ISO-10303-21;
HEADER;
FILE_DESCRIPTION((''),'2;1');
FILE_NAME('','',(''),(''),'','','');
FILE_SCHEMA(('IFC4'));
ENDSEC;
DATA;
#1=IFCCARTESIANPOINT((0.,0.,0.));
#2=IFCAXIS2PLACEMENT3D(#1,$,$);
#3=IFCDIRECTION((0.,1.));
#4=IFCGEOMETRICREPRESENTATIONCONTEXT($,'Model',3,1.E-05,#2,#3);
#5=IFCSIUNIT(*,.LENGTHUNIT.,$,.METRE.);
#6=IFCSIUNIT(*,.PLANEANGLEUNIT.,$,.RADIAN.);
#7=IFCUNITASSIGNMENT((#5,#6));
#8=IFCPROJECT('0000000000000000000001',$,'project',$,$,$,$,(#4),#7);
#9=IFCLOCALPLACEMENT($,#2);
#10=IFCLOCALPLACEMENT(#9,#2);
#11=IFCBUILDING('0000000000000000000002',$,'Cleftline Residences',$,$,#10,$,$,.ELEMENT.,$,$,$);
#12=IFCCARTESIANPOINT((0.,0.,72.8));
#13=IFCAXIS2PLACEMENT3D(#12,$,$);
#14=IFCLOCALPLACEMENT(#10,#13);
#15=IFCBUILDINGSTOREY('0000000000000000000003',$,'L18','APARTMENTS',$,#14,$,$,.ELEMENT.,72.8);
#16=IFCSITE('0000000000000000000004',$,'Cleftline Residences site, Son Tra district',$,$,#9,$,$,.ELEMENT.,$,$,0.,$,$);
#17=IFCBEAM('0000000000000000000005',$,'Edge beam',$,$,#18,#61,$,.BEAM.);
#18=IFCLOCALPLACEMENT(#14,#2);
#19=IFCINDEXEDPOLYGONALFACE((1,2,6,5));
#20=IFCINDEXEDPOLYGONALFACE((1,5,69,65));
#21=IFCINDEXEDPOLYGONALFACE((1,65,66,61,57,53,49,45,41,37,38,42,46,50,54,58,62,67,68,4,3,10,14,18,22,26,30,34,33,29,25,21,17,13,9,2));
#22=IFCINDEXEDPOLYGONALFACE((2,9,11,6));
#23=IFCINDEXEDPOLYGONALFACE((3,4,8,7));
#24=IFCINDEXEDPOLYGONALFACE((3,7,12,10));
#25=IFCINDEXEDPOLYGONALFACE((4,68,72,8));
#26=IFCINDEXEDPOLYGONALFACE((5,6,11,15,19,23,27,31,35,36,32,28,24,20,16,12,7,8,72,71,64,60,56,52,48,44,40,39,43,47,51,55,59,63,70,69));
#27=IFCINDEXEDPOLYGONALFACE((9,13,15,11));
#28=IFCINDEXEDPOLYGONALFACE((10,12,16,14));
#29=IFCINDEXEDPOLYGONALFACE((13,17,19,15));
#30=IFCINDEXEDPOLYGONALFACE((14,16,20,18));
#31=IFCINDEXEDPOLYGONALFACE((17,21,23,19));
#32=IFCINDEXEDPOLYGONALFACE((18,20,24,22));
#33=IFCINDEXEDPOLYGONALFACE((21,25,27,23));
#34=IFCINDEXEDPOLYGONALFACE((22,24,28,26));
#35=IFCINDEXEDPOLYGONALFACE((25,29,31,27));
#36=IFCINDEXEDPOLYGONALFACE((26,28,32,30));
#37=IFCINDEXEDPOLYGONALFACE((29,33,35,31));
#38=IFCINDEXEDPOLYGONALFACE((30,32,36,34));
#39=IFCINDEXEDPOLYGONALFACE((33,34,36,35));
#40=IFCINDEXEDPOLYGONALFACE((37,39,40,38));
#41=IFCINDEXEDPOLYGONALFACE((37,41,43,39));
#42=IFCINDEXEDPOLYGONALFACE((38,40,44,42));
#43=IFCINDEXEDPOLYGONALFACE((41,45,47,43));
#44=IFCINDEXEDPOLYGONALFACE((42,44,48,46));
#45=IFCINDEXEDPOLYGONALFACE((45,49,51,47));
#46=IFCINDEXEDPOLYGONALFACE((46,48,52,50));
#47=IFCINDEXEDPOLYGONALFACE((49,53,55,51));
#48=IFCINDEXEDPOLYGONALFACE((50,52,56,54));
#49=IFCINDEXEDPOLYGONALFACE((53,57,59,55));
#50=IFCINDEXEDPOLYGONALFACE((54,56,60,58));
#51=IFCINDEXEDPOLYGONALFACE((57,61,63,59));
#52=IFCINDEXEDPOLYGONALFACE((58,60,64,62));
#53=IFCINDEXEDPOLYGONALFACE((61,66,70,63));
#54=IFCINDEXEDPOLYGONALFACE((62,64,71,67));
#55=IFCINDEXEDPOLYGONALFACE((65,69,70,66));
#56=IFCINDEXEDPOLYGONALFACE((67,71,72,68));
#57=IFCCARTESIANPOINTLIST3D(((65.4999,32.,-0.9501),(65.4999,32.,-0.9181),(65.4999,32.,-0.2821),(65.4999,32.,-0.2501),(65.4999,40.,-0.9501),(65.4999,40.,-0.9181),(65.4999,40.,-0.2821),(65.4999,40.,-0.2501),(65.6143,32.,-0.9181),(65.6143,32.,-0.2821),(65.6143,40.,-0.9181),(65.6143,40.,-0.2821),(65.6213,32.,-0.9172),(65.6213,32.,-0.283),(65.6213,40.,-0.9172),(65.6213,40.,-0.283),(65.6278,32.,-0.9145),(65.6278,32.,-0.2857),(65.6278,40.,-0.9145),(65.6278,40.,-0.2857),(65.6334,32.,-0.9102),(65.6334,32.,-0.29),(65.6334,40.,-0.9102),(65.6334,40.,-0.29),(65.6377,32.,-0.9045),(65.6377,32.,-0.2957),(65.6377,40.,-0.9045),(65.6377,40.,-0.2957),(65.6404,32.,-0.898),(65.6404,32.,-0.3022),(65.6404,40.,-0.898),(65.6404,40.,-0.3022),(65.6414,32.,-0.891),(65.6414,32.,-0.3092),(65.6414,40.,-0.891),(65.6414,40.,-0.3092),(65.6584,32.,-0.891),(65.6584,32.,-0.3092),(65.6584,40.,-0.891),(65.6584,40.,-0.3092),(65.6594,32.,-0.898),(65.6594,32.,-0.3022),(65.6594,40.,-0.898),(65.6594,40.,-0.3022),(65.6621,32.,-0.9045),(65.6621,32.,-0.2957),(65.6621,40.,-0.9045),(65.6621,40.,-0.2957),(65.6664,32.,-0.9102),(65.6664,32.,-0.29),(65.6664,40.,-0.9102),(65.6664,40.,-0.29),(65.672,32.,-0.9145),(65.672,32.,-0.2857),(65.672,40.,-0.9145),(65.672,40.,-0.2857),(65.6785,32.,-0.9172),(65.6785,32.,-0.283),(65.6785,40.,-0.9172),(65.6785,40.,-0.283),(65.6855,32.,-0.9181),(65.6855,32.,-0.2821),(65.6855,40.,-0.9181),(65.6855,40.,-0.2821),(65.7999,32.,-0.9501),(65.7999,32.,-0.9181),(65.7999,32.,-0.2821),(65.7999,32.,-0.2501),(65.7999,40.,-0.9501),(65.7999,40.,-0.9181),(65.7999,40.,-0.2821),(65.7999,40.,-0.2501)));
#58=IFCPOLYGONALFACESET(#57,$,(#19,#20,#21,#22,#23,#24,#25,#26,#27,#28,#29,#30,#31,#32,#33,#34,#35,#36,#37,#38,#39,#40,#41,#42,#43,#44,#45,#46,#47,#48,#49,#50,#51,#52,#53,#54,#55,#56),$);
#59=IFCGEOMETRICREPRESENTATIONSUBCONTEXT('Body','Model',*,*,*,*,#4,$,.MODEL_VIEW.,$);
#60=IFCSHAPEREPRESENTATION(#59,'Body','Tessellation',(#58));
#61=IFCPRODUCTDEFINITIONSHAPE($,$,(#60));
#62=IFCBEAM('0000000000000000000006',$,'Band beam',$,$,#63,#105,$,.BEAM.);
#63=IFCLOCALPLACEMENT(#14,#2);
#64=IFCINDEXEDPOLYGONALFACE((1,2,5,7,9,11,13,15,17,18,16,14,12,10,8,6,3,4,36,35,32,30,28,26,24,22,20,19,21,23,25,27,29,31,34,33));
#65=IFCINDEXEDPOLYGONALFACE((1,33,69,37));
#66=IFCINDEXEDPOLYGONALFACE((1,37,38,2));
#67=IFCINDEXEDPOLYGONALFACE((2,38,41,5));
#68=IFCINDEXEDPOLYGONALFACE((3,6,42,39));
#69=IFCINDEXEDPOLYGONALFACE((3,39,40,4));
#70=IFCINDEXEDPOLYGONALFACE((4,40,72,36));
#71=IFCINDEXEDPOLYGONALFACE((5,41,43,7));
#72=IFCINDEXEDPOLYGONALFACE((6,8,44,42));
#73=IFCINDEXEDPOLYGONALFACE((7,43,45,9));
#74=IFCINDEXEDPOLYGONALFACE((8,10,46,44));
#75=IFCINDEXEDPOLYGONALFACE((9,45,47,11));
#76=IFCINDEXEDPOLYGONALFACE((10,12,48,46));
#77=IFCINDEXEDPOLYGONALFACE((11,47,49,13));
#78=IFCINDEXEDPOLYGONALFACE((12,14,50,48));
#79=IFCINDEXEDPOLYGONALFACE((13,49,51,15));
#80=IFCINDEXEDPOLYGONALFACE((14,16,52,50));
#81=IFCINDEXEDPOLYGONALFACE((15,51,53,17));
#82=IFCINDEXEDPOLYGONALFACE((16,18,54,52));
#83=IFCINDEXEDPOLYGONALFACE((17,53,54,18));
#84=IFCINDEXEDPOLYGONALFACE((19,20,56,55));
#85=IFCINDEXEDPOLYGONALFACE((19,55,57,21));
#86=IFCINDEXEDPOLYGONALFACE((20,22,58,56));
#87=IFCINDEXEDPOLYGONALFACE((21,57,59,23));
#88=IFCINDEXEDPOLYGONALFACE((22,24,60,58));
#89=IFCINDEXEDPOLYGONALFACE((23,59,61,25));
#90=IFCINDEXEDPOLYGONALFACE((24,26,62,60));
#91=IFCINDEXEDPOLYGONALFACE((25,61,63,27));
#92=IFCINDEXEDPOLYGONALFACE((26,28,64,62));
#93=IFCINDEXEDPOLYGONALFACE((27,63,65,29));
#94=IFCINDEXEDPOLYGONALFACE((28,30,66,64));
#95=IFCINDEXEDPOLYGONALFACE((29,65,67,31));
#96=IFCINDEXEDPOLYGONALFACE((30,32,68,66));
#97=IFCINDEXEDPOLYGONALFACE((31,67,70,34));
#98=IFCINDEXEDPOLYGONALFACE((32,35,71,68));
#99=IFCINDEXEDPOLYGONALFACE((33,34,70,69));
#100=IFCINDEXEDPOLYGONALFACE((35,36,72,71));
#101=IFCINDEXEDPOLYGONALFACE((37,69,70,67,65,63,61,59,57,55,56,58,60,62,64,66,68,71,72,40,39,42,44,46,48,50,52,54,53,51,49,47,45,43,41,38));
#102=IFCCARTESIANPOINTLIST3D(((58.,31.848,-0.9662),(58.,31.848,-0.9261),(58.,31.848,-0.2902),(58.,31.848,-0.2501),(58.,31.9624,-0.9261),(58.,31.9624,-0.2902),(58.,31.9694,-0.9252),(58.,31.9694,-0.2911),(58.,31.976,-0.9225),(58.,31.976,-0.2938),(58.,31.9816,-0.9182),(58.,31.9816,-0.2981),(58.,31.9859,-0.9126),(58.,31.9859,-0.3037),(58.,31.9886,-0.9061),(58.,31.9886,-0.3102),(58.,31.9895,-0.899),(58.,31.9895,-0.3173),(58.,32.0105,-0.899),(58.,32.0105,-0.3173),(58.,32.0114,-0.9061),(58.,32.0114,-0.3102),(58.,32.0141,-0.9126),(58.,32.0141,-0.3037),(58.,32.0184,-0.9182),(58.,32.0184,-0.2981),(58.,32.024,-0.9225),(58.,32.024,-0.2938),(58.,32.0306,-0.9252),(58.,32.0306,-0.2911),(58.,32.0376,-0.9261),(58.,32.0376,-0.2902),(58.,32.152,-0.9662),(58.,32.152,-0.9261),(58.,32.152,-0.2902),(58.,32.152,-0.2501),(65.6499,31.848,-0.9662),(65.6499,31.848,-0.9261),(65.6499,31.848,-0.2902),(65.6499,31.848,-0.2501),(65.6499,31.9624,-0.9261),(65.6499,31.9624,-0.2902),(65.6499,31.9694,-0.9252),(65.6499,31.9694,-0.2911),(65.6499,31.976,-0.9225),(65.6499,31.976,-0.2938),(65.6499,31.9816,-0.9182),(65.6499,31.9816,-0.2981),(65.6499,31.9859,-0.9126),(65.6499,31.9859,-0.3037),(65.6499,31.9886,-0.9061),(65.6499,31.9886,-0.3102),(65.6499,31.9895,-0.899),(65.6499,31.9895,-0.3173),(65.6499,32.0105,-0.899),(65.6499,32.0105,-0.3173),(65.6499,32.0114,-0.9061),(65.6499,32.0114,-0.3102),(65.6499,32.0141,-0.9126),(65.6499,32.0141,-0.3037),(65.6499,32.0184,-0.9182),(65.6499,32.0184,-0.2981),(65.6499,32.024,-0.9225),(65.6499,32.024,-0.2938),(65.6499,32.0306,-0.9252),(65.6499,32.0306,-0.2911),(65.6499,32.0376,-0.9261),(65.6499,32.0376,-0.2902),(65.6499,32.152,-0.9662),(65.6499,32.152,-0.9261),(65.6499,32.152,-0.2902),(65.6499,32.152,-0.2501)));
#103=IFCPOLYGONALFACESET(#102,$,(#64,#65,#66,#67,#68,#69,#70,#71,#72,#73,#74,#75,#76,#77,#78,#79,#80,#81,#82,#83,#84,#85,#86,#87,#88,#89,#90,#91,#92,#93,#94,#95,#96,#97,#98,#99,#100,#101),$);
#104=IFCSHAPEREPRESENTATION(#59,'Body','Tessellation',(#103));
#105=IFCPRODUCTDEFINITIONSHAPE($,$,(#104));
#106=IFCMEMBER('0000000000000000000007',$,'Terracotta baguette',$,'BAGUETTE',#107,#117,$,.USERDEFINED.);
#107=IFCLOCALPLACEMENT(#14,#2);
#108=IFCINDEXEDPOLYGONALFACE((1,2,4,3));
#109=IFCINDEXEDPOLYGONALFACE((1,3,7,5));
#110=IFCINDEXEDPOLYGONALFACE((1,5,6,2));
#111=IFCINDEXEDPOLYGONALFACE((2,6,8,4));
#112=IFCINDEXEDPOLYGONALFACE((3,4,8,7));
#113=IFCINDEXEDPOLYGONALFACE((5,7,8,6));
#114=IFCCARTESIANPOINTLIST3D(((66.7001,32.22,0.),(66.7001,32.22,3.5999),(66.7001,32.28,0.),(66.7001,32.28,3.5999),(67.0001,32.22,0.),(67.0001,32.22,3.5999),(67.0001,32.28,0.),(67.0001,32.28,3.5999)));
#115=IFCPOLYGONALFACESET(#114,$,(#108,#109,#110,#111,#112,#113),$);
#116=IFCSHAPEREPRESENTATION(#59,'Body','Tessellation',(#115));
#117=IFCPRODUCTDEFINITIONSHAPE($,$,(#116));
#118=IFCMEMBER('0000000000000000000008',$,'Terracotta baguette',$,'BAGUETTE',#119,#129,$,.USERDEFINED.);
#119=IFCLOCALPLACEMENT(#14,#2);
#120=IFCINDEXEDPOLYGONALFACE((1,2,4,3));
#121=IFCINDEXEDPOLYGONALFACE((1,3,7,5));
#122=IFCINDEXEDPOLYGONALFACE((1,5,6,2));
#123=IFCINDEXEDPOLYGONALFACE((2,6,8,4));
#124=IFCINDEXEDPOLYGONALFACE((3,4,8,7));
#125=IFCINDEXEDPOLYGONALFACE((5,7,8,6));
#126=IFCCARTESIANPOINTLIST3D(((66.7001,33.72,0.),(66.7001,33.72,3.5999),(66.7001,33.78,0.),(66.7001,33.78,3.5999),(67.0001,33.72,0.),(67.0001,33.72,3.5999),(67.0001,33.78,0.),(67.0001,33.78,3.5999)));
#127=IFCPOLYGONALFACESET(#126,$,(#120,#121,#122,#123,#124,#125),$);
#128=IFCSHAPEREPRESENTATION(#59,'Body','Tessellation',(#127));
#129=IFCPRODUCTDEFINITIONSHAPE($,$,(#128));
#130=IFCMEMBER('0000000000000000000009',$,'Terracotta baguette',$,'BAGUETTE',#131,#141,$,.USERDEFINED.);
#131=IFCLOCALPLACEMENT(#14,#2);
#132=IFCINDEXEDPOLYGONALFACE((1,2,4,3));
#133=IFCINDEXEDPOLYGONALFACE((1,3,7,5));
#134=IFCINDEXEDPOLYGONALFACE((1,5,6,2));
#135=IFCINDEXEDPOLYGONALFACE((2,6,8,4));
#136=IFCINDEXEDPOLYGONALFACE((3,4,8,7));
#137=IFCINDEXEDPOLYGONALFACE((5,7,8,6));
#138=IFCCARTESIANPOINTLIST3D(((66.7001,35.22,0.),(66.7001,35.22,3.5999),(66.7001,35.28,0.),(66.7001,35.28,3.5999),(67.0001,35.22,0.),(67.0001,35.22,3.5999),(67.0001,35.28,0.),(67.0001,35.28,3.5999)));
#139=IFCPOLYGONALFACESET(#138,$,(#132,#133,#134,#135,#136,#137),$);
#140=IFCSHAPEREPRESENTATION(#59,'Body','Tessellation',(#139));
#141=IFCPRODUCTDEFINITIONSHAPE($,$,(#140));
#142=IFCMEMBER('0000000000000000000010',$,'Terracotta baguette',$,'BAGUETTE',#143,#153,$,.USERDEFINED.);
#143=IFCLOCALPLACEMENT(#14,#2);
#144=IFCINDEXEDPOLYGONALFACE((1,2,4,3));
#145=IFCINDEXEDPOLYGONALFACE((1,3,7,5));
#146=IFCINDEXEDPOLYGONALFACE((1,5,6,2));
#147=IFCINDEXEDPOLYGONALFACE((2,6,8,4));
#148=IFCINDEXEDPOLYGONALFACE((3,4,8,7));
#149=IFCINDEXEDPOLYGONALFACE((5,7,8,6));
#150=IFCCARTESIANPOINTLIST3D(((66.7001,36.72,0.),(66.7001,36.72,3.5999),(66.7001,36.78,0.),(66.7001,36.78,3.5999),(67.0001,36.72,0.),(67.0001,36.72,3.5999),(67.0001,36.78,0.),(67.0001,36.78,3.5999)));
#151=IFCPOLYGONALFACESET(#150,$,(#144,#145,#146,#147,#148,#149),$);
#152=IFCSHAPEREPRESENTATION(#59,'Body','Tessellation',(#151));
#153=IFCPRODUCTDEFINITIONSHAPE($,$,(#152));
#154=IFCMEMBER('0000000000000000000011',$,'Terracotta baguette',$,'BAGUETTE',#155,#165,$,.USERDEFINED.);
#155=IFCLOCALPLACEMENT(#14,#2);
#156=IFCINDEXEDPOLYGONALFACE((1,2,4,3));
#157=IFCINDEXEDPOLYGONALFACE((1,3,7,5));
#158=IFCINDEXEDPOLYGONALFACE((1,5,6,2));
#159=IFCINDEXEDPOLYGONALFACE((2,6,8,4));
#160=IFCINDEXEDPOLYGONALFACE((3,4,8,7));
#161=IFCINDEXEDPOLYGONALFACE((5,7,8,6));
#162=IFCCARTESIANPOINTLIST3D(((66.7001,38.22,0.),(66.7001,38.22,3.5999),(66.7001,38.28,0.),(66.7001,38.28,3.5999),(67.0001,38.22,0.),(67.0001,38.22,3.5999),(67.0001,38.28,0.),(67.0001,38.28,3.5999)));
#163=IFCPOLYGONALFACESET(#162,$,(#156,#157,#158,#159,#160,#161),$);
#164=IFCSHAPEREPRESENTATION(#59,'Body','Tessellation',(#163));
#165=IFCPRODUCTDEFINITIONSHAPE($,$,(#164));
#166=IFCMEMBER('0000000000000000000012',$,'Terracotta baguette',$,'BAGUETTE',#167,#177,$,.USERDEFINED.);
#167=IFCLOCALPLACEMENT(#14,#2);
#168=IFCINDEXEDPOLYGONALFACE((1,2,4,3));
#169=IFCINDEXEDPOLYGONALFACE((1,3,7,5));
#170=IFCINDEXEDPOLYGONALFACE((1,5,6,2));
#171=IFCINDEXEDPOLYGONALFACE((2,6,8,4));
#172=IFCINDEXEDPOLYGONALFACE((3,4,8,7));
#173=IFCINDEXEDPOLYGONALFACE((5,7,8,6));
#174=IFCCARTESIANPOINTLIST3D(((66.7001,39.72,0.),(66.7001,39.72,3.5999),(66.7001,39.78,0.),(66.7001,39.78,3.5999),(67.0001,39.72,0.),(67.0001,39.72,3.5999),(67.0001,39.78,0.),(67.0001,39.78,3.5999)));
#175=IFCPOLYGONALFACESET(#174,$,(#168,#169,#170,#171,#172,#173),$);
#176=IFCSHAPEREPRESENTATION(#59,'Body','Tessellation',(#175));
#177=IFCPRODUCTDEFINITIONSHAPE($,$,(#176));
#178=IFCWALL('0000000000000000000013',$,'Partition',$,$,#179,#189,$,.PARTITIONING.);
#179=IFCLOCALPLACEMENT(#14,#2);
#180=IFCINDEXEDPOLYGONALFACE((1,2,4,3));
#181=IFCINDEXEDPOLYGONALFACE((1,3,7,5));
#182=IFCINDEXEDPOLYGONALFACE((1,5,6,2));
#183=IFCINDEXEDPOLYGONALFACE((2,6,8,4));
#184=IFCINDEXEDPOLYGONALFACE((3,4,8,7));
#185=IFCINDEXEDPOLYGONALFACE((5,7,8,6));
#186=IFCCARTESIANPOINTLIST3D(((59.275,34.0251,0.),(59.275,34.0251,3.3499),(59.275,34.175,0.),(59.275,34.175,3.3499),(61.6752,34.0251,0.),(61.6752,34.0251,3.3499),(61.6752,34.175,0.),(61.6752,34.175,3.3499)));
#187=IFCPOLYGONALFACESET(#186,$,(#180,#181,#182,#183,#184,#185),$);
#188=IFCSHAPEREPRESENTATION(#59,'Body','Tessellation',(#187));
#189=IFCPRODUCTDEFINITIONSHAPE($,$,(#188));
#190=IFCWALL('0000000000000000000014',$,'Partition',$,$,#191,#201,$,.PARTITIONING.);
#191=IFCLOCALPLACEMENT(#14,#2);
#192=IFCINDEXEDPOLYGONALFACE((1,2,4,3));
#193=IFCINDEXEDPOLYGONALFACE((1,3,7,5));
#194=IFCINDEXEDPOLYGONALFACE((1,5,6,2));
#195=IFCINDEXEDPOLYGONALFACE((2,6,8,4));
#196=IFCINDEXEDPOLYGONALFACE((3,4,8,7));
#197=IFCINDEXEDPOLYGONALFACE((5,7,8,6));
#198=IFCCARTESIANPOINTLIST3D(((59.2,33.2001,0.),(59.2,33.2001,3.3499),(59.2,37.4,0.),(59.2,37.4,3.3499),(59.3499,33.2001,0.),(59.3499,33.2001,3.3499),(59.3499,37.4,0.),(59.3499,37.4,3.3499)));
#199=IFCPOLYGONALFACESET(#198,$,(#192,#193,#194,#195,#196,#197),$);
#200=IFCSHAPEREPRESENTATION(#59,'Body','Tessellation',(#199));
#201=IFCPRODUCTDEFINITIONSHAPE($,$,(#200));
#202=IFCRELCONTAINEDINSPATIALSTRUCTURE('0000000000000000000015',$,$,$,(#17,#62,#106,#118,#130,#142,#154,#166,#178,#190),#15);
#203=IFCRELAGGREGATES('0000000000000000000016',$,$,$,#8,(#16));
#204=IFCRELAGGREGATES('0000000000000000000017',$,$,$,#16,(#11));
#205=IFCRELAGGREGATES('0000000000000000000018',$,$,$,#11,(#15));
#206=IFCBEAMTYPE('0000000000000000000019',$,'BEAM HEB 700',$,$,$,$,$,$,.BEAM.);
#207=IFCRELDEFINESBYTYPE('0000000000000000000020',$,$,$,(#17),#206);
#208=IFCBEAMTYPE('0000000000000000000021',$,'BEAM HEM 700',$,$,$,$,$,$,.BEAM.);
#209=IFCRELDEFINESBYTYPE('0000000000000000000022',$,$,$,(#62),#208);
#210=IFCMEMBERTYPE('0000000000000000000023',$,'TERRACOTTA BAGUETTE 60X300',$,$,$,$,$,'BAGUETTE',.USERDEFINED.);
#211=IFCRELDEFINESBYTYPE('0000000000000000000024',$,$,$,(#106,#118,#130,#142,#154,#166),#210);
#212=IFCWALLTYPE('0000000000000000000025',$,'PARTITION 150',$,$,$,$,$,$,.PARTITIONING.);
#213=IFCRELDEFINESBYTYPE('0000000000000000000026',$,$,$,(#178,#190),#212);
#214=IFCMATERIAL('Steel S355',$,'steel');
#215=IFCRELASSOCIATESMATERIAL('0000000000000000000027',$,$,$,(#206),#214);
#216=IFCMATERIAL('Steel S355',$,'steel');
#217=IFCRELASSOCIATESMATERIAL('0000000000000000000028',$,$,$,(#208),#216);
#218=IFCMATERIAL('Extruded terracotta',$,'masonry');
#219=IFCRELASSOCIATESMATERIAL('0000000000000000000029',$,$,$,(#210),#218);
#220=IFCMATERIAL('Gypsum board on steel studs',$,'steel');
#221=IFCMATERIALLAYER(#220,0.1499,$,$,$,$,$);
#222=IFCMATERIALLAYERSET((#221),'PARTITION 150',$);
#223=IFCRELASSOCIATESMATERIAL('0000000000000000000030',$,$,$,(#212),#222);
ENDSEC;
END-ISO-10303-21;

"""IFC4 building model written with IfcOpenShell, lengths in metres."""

from ifc_helpers import new_model, si_unit, direction, frame, frame_2d, origin, origin_2d, place, context, subcontext, project, spatial, rectangle, i_section, extrude, material, layer, layer_set, material_profile, profile_set, type_object, element, save


model = new_model("IFC4")

# Units and contexts
model_context = context("Model", 3, precision=1e-05, world=origin(), true_north=direction((0.0, 1.0)))
body_context = subcontext(model_context, "Body", "Model", "MODEL_VIEW")
ifc_project = project(units=[si_unit("LENGTHUNIT", "METRE"), si_unit("PLANEANGLEUNIT", "RADIAN")], contexts=[model_context])

# Site, building, storey
site_placement = place(None, origin())
site = spatial("IfcSite", under=ifc_project, at=site_placement, Name="Cleftline Residences site, Son Tra district", CompositionType="ELEMENT", RefElevation=0.0)
building_placement = place(site_placement, origin())
building = spatial("IfcBuilding", under=site, at=building_placement, Name="Cleftline Residences", CompositionType="ELEMENT")
storey_placement = place(building_placement, frame((0.0, 0.0, 72.8)))
storey = spatial("IfcBuildingStorey", under=building, at=storey_placement, Name="L18", Description="APARTMENTS", CompositionType="ELEMENT", Elevation=72.8)

# Beams
ifc_material_1 = material(Name="Steel S355", Category="steel")
ifc_material_profile_1 = material_profile(ifc_material_1, i_section(OverallWidth=0.3, OverallDepth=0.7, WebThickness=0.0171, FlangeThickness=0.032, FilletRadius=0.0271, at=origin_2d()))
ifc_profile_set_1 = profile_set([ifc_material_profile_1], Name="Steel S355")
beam_type_1 = type_object("IfcBeamType", Name="BEAM HEB 700", PredefinedType="BEAM", material=ifc_profile_set_1)
beam_1_placement = place(storey_placement, frame((65.6499, 32.0, -0.6001), z_axis=(0.0, 1.0, 0.0), x_axis=(-1.0, 0.0, 0.0)))
element("IfcBeam", 1, at=beam_1_placement, inside=storey, type_object=beam_type_1, Name="Edge beam", PredefinedType="BEAM", context=body_context, shape_type="SweptSolid", body=[
    extrude(i_section(OverallWidth=0.3, OverallDepth=0.7, WebThickness=0.0171, FlangeThickness=0.032, FilletRadius=0.0271, at=origin_2d()), origin(), (0.0, 0.0, 1.0), 8.0),
])
ifc_material_2 = material(Name="Steel S355", Category="steel")
ifc_material_profile_2 = material_profile(ifc_material_2, i_section(OverallWidth=0.304, OverallDepth=0.7161, WebThickness=0.021, FlangeThickness=0.04, FilletRadius=0.0271, at=origin_2d()))
ifc_profile_set_2 = profile_set([ifc_material_profile_2], Name="Steel S355")
beam_type_2 = type_object("IfcBeamType", Name="BEAM HEM 700", PredefinedType="BEAM", material=ifc_profile_set_2)
beam_2_placement = place(storey_placement, frame((65.6499, 32.0, -0.6082), z_axis=(-1.0, 0.0, 0.0), x_axis=(0.0, -1.0, 0.0)))
element("IfcBeam", 2, at=beam_2_placement, inside=storey, type_object=beam_type_2, Name="Band beam", PredefinedType="BEAM", context=body_context, shape_type="SweptSolid", body=[
    extrude(i_section(OverallWidth=0.304, OverallDepth=0.7161, WebThickness=0.021, FlangeThickness=0.04, FilletRadius=0.0271, at=origin_2d()), origin(), (0.0, 0.0, 1.0), 7.6499),
])

# Members
ifc_material_3 = material(Name="Extruded terracotta", Category="masonry")
ifc_material_profile_3 = material_profile(ifc_material_3, rectangle(XDim=0.0601, YDim=0.3, at=origin_2d()))
ifc_profile_set_3 = profile_set([ifc_material_profile_3], Name="Extruded terracotta")
member_type_1 = type_object("IfcMemberType", Name="TERRACOTTA BAGUETTE 60X300", ElementType="BAGUETTE", PredefinedType="USERDEFINED", material=ifc_profile_set_3)
for number, where, z_axis, x_axis, name in (
    (3, (66.8501, 32.25, 0.0), (0.0, 0.0, 1.0), (0.0, 1.0, 0.0), "Terracotta baguette"),
    (4, (66.8501, 33.75, 0.0), (0.0, 0.0, 1.0), (0.0, 1.0, 0.0), "Terracotta baguette"),
    (5, (66.8501, 35.25, 0.0), (0.0, 0.0, 1.0), (0.0, 1.0, 0.0), "Terracotta baguette"),
    (6, (66.8501, 36.75, 0.0), (0.0, 0.0, 1.0), (0.0, 1.0, 0.0), "Terracotta baguette"),
    (7, (66.8501, 38.25, 0.0), (0.0, 0.0, 1.0), (0.0, 1.0, 0.0), "Terracotta baguette"),
    (8, (66.8501, 39.75, 0.0), (0.0, 0.0, 1.0), (0.0, 1.0, 0.0), "Terracotta baguette"),
):
    element("IfcMember", number, at=place(storey_placement, frame(where, z_axis=z_axis, x_axis=x_axis)), inside=storey, type_object=member_type_1, Name=name, ObjectType="BAGUETTE", PredefinedType="USERDEFINED", context=body_context, shape_type="SweptSolid", body=[
        extrude(rectangle(XDim=0.0601, YDim=0.3, at=origin_2d()), origin(), (0.0, 0.0, 1.0), 3.5999),
    ])

# Walls
ifc_material_4 = material(Name="Gypsum board on steel studs", Category="steel")
ifc_layer = layer(ifc_material_4, 0.1499)
ifc_layer_set = layer_set([ifc_layer], Name="PARTITION 150")
wall_type = type_object("IfcWallType", Name="PARTITION 150", PredefinedType="PARTITIONING", material=ifc_layer_set)
wall_1_placement = place(storey_placement, frame((59.2749, 34.1001, 0.0), z_axis=(0.0, 0.0, 1.0), x_axis=(1.0, 0.0, 0.0)))
element("IfcWall", 9, at=wall_1_placement, inside=storey, type_object=wall_type, Name="Partition", PredefinedType="PARTITIONING", context=body_context, shape_type="SweptSolid", body=[
    extrude(rectangle(XDim=2.4001, YDim=0.1499, at=frame_2d((1.2002, 0.0))), origin(), (0.0, 0.0, 1.0), 3.3499),
])
wall_2_placement = place(storey_placement, frame((59.2749, 33.2, 0.0), z_axis=(0.0, 0.0, 1.0), x_axis=(0.0, 1.0, 0.0)))
element("IfcWall", 10, at=wall_2_placement, inside=storey, type_object=wall_type, Name="Partition", PredefinedType="PARTITIONING", context=body_context, shape_type="SweptSolid", body=[
    extrude(rectangle(XDim=4.2, YDim=0.1499, at=frame_2d((2.1001, 0.0))), origin(), (0.0, 0.0, 1.0), 3.3499),
])

save(model, "model.ifc")
